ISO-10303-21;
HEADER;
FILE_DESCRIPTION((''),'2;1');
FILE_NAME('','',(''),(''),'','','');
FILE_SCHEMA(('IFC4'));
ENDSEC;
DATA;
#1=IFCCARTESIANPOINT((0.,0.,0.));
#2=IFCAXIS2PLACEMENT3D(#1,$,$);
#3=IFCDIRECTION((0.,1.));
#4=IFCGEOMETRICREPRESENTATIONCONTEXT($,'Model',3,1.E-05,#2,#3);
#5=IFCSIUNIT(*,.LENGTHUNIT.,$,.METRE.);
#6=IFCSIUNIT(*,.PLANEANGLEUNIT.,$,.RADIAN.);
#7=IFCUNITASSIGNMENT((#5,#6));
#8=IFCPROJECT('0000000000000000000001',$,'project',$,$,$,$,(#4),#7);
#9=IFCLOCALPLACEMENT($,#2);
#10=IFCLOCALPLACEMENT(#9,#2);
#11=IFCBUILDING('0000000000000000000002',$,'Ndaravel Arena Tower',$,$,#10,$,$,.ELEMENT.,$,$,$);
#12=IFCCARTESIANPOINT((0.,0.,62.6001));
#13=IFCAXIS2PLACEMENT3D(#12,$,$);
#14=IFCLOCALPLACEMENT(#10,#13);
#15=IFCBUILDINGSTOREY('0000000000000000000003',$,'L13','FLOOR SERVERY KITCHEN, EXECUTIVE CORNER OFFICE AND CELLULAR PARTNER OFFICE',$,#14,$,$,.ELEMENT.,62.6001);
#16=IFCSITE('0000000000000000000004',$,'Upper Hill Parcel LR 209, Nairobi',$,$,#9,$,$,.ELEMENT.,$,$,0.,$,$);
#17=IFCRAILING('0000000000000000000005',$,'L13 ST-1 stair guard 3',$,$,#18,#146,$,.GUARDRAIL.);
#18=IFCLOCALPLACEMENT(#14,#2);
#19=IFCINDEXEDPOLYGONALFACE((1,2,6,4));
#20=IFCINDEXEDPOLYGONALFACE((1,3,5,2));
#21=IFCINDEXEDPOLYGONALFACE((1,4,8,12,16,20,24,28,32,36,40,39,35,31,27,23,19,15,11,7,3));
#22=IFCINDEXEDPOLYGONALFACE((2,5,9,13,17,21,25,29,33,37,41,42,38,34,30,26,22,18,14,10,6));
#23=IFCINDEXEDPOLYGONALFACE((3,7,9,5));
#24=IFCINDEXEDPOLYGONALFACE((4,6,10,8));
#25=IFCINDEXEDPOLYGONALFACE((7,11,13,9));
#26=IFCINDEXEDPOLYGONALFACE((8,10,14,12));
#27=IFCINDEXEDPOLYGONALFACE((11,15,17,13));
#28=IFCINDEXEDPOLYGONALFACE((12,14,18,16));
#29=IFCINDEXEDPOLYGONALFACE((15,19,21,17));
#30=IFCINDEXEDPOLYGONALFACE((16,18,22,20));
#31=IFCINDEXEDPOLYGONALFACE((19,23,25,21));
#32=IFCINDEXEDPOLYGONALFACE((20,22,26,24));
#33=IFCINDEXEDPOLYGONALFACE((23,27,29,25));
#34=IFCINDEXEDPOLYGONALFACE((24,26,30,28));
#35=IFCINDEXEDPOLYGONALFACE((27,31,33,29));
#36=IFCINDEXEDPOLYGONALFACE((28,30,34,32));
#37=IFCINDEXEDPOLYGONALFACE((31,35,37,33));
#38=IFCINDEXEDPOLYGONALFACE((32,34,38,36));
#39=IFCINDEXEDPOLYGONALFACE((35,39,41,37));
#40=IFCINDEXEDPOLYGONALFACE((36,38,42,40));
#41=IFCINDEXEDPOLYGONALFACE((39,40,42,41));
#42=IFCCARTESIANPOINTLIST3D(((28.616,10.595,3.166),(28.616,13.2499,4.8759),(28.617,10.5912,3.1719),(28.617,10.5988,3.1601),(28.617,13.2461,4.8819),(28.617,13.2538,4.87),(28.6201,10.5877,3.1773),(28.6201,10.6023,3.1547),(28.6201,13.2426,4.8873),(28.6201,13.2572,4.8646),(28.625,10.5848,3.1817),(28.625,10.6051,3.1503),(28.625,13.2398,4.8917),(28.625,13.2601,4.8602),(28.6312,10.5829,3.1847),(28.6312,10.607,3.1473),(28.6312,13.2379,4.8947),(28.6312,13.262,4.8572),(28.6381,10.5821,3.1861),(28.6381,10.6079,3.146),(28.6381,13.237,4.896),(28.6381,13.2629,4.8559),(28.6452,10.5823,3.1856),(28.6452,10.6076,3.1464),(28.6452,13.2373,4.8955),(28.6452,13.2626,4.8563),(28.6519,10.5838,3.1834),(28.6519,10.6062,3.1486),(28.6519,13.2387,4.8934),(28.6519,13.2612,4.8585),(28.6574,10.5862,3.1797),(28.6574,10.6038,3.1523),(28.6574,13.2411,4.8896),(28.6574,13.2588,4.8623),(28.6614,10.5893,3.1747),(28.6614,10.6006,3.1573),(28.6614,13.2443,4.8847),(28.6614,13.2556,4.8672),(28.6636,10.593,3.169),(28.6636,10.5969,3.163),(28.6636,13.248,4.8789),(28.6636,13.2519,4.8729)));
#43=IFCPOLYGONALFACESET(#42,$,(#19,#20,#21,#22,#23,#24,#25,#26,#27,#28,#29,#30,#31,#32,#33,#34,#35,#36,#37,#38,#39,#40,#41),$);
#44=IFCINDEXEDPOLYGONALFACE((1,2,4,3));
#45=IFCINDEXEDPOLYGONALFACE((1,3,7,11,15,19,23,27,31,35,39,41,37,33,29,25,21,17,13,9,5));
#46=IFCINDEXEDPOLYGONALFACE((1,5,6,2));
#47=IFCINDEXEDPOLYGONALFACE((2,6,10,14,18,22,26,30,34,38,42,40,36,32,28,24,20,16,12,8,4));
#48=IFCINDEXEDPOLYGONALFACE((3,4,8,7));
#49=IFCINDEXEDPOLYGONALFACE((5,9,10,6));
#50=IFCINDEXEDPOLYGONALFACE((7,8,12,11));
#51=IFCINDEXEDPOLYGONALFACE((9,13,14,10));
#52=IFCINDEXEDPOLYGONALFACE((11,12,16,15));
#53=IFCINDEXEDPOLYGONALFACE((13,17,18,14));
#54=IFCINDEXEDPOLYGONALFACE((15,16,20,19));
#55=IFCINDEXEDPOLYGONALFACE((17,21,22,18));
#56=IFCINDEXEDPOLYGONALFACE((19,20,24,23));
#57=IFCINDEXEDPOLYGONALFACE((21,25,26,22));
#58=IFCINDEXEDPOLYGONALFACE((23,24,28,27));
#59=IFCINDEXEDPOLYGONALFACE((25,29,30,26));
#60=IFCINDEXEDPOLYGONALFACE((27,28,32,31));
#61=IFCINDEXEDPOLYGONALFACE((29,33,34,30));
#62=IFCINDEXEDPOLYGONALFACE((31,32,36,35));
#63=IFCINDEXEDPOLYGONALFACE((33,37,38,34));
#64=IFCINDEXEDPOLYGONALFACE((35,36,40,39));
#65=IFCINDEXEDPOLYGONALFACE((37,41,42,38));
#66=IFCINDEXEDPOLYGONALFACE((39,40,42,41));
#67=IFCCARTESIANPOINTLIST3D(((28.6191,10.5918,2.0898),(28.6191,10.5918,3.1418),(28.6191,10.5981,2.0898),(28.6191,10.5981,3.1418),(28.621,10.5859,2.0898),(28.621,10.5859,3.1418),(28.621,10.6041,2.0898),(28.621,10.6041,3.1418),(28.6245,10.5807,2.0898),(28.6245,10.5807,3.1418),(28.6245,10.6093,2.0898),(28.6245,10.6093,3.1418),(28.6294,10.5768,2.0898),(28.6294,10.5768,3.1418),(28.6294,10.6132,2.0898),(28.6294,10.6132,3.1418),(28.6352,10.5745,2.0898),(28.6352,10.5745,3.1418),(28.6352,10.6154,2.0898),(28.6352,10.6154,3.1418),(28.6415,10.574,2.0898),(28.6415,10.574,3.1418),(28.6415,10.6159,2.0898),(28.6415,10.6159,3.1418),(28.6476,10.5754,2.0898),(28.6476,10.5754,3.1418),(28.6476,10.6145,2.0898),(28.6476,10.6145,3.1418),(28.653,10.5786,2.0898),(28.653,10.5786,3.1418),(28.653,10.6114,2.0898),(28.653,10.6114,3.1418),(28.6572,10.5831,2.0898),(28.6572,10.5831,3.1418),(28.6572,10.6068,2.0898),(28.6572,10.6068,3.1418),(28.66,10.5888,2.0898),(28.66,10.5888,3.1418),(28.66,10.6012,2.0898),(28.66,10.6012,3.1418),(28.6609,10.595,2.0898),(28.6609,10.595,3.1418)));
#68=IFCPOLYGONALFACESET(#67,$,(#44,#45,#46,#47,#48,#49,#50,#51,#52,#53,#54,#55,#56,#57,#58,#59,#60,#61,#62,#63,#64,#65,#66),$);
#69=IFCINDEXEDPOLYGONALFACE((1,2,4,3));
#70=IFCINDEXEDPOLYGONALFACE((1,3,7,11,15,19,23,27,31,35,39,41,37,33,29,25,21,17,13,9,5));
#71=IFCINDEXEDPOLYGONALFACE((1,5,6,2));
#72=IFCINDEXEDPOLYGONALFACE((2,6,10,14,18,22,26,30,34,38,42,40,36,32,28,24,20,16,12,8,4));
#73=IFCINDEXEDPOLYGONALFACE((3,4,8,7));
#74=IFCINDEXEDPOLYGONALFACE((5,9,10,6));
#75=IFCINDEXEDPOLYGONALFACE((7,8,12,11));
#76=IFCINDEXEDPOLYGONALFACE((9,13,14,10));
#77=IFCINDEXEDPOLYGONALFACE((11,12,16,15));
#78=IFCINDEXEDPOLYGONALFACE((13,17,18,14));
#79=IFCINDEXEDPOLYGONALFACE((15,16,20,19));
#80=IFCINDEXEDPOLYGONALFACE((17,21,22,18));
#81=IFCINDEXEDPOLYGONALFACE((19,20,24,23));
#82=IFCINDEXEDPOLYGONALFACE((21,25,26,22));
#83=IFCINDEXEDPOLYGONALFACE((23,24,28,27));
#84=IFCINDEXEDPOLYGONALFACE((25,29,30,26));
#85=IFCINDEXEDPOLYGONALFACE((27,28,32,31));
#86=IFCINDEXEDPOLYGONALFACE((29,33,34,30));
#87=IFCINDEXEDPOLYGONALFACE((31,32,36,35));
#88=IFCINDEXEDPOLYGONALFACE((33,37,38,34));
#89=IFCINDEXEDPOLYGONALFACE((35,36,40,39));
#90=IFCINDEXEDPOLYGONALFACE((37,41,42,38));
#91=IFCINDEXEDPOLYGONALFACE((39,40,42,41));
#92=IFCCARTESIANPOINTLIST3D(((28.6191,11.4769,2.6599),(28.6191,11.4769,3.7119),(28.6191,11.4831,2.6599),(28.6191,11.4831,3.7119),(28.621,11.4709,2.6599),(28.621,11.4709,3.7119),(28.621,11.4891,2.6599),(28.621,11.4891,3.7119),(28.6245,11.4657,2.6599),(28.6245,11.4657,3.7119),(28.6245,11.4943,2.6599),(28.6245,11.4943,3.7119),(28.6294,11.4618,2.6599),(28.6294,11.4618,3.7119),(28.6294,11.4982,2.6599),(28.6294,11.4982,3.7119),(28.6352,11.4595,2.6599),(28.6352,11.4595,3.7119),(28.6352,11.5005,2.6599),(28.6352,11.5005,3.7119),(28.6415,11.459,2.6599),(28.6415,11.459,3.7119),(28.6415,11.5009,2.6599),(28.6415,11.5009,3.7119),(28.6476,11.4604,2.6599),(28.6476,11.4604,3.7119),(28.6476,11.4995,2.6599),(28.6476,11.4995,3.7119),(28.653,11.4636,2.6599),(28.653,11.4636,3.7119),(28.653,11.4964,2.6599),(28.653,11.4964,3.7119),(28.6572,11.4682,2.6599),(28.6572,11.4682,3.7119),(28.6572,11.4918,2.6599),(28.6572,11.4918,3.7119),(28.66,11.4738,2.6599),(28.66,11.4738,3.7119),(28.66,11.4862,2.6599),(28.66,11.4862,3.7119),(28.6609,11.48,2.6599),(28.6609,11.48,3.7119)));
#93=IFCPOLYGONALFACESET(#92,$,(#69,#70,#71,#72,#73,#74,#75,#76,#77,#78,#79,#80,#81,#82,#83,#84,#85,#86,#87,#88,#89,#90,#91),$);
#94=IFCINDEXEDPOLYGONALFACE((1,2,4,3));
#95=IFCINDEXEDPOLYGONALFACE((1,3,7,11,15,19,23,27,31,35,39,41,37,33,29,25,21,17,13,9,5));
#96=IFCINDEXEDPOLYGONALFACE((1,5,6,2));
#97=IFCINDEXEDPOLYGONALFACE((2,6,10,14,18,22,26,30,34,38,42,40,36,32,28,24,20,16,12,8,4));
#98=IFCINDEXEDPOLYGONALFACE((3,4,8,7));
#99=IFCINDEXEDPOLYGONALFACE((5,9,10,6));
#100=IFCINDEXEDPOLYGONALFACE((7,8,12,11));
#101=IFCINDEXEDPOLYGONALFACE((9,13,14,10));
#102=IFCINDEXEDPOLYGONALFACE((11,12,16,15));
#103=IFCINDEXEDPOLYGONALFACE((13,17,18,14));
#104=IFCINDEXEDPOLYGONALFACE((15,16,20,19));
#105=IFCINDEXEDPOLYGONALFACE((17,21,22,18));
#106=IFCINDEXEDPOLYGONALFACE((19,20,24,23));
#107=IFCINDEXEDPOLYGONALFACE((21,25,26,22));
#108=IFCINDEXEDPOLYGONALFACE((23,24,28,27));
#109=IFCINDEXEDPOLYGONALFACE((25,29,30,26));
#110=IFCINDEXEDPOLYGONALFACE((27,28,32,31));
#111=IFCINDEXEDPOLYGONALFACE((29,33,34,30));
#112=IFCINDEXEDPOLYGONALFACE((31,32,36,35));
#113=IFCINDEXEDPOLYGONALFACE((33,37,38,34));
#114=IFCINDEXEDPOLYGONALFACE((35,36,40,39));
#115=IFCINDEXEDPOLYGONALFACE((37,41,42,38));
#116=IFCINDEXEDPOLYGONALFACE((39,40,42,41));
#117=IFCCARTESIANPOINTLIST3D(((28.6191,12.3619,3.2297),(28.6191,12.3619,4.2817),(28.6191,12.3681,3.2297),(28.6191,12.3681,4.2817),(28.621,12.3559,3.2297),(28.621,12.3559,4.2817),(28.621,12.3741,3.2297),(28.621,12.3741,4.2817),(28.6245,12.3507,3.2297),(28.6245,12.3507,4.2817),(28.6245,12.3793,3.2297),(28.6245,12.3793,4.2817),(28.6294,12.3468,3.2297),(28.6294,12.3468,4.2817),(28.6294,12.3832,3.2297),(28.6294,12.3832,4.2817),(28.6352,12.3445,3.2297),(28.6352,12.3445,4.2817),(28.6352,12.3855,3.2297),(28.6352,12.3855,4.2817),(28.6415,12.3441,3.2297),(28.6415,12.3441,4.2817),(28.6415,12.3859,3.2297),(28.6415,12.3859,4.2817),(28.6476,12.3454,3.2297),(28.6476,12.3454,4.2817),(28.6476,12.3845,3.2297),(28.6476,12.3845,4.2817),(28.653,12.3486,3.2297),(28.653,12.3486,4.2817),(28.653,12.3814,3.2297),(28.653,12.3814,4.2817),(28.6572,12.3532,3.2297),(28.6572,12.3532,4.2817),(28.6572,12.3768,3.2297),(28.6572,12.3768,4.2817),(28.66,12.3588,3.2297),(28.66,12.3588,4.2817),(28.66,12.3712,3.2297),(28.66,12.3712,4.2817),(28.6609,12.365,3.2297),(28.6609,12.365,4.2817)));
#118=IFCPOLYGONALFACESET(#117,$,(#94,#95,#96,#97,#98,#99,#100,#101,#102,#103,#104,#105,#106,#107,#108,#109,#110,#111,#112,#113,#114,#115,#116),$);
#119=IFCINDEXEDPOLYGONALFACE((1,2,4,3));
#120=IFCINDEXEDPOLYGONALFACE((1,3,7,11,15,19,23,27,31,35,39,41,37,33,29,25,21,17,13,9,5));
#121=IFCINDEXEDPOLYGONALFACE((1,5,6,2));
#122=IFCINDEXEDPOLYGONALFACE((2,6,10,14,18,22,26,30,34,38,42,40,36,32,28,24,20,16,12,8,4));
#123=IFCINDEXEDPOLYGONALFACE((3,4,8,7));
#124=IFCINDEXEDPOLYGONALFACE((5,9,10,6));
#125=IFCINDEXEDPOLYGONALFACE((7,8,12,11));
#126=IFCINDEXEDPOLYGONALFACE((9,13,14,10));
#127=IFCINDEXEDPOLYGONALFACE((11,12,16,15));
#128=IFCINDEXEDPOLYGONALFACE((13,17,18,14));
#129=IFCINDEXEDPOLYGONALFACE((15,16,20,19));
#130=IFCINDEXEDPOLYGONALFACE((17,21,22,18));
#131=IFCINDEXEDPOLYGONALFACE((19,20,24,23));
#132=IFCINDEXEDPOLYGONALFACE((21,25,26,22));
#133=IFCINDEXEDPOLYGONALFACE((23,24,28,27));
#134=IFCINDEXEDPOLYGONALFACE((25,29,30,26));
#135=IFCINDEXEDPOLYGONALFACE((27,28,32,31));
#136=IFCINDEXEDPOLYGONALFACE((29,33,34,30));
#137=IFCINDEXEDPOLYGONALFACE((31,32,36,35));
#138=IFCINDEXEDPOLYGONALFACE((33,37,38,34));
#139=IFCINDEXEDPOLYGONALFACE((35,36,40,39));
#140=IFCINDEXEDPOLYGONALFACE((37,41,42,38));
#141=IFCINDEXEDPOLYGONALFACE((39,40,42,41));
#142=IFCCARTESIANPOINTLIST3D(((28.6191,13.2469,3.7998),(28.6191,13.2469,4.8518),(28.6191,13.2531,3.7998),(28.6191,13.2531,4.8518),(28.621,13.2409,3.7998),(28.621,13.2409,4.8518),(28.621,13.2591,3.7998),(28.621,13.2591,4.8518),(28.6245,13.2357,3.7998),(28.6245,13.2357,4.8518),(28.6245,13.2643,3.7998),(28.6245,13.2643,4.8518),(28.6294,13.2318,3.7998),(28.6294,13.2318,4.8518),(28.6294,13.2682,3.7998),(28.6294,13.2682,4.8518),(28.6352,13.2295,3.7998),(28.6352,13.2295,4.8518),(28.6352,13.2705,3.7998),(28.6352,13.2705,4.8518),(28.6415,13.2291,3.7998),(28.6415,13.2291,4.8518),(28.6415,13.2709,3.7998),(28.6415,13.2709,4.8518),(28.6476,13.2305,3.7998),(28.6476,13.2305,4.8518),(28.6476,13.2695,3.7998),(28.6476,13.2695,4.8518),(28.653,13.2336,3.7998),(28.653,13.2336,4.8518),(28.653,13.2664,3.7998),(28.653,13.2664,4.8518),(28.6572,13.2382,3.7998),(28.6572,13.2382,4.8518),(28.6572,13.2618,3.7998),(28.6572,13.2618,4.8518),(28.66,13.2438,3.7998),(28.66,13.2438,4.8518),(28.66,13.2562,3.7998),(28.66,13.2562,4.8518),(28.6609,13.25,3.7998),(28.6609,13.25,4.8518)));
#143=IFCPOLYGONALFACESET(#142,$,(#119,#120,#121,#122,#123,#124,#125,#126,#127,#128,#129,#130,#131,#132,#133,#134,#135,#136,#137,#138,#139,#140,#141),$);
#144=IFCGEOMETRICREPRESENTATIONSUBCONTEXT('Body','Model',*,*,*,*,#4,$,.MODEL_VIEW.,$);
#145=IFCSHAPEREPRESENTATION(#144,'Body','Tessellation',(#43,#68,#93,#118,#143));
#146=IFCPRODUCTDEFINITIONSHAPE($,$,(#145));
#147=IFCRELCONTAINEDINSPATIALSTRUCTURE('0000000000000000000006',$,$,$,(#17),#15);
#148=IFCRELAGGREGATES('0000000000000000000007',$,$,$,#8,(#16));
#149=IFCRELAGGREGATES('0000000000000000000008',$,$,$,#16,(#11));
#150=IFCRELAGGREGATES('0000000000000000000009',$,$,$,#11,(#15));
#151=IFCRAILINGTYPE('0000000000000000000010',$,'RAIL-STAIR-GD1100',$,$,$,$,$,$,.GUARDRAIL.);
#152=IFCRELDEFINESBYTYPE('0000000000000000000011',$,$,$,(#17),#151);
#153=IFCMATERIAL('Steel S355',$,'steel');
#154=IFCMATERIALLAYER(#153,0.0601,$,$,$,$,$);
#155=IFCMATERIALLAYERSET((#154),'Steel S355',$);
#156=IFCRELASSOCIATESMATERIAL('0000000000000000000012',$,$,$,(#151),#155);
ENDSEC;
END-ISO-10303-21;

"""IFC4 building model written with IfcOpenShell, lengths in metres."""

from ifc_helpers import new_model, si_unit, direction, frame, origin, origin_2d, place, context, subcontext, project, spatial, circle, extrude, material, layer, layer_set, type_object, element, save


model = new_model("IFC4")

# Units and contexts
model_context = context("Model", 3, precision=1e-05, world=origin(), true_north=direction((0.0, 1.0)))
body_context = subcontext(model_context, "Body", "Model", "MODEL_VIEW")
ifc_project = project(units=[si_unit("LENGTHUNIT", "METRE"), si_unit("PLANEANGLEUNIT", "RADIAN")], contexts=[model_context])

# Site, building, storey
site_placement = place(None, origin())
site = spatial("IfcSite", under=ifc_project, at=site_placement, Name="Upper Hill Parcel LR 209, Nairobi", CompositionType="ELEMENT", RefElevation=0.0)
building_placement = place(site_placement, origin())
building = spatial("IfcBuilding", under=site, at=building_placement, Name="Ndaravel Arena Tower", CompositionType="ELEMENT")
storey_placement = place(building_placement, frame((0.0, 0.0, 62.6001)))
storey = spatial("IfcBuildingStorey", under=building, at=storey_placement, Name="L13", Description="FLOOR SERVERY KITCHEN, EXECUTIVE CORNER OFFICE AND CELLULAR PARTNER OFFICE", CompositionType="ELEMENT", Elevation=62.6001)

# Railing
ifc_material_1 = material(Name="Steel S355", Category="steel")
ifc_layer_1 = layer(ifc_material_1, 0.0601)
ifc_layer_set_1 = layer_set([ifc_layer_1], Name="Steel S355")
railing_type_1 = type_object("IfcRailingType", Name="RAIL-STAIR-GD1100", PredefinedType="GUARDRAIL", material=ifc_layer_set_1)
railing_1_placement = place(storey_placement, frame((28.6399, 10.595, 2.0898)))
element("IfcRailing", 1, at=railing_1_placement, inside=storey, type_object=railing_type_1, Name="L13 ST-1 stair guard 3", PredefinedType="GUARDRAIL", context=body_context, shape_type="SweptSolid", body=[
    extrude(circle(Radius=0.0239, at=origin_2d()), frame((0.0, 0.0, 1.0762), z_axis=(0.0, 0.840724, 0.541465), x_axis=(-1.0, 0.0, 0.0)), (0.0, 0.0, 1.0), 3.158),
    extrude(circle(Radius=0.021, at=origin_2d()), origin(), (0.0, 0.0, 1.0), 1.052),
    extrude(circle(Radius=0.021, at=origin_2d()), frame((0.0, 0.885, 0.5701)), (0.0, 0.0, 1.0), 1.052),
    extrude(circle(Radius=0.021, at=origin_2d()), frame((0.0, 1.77, 1.1399)), (0.0, 0.0, 1.0), 1.052),
    extrude(circle(Radius=0.021, at=origin_2d()), frame((0.0, 2.655, 1.71)), (0.0, 0.0, 1.0), 1.052),
])

save(model, "model.ifc")
